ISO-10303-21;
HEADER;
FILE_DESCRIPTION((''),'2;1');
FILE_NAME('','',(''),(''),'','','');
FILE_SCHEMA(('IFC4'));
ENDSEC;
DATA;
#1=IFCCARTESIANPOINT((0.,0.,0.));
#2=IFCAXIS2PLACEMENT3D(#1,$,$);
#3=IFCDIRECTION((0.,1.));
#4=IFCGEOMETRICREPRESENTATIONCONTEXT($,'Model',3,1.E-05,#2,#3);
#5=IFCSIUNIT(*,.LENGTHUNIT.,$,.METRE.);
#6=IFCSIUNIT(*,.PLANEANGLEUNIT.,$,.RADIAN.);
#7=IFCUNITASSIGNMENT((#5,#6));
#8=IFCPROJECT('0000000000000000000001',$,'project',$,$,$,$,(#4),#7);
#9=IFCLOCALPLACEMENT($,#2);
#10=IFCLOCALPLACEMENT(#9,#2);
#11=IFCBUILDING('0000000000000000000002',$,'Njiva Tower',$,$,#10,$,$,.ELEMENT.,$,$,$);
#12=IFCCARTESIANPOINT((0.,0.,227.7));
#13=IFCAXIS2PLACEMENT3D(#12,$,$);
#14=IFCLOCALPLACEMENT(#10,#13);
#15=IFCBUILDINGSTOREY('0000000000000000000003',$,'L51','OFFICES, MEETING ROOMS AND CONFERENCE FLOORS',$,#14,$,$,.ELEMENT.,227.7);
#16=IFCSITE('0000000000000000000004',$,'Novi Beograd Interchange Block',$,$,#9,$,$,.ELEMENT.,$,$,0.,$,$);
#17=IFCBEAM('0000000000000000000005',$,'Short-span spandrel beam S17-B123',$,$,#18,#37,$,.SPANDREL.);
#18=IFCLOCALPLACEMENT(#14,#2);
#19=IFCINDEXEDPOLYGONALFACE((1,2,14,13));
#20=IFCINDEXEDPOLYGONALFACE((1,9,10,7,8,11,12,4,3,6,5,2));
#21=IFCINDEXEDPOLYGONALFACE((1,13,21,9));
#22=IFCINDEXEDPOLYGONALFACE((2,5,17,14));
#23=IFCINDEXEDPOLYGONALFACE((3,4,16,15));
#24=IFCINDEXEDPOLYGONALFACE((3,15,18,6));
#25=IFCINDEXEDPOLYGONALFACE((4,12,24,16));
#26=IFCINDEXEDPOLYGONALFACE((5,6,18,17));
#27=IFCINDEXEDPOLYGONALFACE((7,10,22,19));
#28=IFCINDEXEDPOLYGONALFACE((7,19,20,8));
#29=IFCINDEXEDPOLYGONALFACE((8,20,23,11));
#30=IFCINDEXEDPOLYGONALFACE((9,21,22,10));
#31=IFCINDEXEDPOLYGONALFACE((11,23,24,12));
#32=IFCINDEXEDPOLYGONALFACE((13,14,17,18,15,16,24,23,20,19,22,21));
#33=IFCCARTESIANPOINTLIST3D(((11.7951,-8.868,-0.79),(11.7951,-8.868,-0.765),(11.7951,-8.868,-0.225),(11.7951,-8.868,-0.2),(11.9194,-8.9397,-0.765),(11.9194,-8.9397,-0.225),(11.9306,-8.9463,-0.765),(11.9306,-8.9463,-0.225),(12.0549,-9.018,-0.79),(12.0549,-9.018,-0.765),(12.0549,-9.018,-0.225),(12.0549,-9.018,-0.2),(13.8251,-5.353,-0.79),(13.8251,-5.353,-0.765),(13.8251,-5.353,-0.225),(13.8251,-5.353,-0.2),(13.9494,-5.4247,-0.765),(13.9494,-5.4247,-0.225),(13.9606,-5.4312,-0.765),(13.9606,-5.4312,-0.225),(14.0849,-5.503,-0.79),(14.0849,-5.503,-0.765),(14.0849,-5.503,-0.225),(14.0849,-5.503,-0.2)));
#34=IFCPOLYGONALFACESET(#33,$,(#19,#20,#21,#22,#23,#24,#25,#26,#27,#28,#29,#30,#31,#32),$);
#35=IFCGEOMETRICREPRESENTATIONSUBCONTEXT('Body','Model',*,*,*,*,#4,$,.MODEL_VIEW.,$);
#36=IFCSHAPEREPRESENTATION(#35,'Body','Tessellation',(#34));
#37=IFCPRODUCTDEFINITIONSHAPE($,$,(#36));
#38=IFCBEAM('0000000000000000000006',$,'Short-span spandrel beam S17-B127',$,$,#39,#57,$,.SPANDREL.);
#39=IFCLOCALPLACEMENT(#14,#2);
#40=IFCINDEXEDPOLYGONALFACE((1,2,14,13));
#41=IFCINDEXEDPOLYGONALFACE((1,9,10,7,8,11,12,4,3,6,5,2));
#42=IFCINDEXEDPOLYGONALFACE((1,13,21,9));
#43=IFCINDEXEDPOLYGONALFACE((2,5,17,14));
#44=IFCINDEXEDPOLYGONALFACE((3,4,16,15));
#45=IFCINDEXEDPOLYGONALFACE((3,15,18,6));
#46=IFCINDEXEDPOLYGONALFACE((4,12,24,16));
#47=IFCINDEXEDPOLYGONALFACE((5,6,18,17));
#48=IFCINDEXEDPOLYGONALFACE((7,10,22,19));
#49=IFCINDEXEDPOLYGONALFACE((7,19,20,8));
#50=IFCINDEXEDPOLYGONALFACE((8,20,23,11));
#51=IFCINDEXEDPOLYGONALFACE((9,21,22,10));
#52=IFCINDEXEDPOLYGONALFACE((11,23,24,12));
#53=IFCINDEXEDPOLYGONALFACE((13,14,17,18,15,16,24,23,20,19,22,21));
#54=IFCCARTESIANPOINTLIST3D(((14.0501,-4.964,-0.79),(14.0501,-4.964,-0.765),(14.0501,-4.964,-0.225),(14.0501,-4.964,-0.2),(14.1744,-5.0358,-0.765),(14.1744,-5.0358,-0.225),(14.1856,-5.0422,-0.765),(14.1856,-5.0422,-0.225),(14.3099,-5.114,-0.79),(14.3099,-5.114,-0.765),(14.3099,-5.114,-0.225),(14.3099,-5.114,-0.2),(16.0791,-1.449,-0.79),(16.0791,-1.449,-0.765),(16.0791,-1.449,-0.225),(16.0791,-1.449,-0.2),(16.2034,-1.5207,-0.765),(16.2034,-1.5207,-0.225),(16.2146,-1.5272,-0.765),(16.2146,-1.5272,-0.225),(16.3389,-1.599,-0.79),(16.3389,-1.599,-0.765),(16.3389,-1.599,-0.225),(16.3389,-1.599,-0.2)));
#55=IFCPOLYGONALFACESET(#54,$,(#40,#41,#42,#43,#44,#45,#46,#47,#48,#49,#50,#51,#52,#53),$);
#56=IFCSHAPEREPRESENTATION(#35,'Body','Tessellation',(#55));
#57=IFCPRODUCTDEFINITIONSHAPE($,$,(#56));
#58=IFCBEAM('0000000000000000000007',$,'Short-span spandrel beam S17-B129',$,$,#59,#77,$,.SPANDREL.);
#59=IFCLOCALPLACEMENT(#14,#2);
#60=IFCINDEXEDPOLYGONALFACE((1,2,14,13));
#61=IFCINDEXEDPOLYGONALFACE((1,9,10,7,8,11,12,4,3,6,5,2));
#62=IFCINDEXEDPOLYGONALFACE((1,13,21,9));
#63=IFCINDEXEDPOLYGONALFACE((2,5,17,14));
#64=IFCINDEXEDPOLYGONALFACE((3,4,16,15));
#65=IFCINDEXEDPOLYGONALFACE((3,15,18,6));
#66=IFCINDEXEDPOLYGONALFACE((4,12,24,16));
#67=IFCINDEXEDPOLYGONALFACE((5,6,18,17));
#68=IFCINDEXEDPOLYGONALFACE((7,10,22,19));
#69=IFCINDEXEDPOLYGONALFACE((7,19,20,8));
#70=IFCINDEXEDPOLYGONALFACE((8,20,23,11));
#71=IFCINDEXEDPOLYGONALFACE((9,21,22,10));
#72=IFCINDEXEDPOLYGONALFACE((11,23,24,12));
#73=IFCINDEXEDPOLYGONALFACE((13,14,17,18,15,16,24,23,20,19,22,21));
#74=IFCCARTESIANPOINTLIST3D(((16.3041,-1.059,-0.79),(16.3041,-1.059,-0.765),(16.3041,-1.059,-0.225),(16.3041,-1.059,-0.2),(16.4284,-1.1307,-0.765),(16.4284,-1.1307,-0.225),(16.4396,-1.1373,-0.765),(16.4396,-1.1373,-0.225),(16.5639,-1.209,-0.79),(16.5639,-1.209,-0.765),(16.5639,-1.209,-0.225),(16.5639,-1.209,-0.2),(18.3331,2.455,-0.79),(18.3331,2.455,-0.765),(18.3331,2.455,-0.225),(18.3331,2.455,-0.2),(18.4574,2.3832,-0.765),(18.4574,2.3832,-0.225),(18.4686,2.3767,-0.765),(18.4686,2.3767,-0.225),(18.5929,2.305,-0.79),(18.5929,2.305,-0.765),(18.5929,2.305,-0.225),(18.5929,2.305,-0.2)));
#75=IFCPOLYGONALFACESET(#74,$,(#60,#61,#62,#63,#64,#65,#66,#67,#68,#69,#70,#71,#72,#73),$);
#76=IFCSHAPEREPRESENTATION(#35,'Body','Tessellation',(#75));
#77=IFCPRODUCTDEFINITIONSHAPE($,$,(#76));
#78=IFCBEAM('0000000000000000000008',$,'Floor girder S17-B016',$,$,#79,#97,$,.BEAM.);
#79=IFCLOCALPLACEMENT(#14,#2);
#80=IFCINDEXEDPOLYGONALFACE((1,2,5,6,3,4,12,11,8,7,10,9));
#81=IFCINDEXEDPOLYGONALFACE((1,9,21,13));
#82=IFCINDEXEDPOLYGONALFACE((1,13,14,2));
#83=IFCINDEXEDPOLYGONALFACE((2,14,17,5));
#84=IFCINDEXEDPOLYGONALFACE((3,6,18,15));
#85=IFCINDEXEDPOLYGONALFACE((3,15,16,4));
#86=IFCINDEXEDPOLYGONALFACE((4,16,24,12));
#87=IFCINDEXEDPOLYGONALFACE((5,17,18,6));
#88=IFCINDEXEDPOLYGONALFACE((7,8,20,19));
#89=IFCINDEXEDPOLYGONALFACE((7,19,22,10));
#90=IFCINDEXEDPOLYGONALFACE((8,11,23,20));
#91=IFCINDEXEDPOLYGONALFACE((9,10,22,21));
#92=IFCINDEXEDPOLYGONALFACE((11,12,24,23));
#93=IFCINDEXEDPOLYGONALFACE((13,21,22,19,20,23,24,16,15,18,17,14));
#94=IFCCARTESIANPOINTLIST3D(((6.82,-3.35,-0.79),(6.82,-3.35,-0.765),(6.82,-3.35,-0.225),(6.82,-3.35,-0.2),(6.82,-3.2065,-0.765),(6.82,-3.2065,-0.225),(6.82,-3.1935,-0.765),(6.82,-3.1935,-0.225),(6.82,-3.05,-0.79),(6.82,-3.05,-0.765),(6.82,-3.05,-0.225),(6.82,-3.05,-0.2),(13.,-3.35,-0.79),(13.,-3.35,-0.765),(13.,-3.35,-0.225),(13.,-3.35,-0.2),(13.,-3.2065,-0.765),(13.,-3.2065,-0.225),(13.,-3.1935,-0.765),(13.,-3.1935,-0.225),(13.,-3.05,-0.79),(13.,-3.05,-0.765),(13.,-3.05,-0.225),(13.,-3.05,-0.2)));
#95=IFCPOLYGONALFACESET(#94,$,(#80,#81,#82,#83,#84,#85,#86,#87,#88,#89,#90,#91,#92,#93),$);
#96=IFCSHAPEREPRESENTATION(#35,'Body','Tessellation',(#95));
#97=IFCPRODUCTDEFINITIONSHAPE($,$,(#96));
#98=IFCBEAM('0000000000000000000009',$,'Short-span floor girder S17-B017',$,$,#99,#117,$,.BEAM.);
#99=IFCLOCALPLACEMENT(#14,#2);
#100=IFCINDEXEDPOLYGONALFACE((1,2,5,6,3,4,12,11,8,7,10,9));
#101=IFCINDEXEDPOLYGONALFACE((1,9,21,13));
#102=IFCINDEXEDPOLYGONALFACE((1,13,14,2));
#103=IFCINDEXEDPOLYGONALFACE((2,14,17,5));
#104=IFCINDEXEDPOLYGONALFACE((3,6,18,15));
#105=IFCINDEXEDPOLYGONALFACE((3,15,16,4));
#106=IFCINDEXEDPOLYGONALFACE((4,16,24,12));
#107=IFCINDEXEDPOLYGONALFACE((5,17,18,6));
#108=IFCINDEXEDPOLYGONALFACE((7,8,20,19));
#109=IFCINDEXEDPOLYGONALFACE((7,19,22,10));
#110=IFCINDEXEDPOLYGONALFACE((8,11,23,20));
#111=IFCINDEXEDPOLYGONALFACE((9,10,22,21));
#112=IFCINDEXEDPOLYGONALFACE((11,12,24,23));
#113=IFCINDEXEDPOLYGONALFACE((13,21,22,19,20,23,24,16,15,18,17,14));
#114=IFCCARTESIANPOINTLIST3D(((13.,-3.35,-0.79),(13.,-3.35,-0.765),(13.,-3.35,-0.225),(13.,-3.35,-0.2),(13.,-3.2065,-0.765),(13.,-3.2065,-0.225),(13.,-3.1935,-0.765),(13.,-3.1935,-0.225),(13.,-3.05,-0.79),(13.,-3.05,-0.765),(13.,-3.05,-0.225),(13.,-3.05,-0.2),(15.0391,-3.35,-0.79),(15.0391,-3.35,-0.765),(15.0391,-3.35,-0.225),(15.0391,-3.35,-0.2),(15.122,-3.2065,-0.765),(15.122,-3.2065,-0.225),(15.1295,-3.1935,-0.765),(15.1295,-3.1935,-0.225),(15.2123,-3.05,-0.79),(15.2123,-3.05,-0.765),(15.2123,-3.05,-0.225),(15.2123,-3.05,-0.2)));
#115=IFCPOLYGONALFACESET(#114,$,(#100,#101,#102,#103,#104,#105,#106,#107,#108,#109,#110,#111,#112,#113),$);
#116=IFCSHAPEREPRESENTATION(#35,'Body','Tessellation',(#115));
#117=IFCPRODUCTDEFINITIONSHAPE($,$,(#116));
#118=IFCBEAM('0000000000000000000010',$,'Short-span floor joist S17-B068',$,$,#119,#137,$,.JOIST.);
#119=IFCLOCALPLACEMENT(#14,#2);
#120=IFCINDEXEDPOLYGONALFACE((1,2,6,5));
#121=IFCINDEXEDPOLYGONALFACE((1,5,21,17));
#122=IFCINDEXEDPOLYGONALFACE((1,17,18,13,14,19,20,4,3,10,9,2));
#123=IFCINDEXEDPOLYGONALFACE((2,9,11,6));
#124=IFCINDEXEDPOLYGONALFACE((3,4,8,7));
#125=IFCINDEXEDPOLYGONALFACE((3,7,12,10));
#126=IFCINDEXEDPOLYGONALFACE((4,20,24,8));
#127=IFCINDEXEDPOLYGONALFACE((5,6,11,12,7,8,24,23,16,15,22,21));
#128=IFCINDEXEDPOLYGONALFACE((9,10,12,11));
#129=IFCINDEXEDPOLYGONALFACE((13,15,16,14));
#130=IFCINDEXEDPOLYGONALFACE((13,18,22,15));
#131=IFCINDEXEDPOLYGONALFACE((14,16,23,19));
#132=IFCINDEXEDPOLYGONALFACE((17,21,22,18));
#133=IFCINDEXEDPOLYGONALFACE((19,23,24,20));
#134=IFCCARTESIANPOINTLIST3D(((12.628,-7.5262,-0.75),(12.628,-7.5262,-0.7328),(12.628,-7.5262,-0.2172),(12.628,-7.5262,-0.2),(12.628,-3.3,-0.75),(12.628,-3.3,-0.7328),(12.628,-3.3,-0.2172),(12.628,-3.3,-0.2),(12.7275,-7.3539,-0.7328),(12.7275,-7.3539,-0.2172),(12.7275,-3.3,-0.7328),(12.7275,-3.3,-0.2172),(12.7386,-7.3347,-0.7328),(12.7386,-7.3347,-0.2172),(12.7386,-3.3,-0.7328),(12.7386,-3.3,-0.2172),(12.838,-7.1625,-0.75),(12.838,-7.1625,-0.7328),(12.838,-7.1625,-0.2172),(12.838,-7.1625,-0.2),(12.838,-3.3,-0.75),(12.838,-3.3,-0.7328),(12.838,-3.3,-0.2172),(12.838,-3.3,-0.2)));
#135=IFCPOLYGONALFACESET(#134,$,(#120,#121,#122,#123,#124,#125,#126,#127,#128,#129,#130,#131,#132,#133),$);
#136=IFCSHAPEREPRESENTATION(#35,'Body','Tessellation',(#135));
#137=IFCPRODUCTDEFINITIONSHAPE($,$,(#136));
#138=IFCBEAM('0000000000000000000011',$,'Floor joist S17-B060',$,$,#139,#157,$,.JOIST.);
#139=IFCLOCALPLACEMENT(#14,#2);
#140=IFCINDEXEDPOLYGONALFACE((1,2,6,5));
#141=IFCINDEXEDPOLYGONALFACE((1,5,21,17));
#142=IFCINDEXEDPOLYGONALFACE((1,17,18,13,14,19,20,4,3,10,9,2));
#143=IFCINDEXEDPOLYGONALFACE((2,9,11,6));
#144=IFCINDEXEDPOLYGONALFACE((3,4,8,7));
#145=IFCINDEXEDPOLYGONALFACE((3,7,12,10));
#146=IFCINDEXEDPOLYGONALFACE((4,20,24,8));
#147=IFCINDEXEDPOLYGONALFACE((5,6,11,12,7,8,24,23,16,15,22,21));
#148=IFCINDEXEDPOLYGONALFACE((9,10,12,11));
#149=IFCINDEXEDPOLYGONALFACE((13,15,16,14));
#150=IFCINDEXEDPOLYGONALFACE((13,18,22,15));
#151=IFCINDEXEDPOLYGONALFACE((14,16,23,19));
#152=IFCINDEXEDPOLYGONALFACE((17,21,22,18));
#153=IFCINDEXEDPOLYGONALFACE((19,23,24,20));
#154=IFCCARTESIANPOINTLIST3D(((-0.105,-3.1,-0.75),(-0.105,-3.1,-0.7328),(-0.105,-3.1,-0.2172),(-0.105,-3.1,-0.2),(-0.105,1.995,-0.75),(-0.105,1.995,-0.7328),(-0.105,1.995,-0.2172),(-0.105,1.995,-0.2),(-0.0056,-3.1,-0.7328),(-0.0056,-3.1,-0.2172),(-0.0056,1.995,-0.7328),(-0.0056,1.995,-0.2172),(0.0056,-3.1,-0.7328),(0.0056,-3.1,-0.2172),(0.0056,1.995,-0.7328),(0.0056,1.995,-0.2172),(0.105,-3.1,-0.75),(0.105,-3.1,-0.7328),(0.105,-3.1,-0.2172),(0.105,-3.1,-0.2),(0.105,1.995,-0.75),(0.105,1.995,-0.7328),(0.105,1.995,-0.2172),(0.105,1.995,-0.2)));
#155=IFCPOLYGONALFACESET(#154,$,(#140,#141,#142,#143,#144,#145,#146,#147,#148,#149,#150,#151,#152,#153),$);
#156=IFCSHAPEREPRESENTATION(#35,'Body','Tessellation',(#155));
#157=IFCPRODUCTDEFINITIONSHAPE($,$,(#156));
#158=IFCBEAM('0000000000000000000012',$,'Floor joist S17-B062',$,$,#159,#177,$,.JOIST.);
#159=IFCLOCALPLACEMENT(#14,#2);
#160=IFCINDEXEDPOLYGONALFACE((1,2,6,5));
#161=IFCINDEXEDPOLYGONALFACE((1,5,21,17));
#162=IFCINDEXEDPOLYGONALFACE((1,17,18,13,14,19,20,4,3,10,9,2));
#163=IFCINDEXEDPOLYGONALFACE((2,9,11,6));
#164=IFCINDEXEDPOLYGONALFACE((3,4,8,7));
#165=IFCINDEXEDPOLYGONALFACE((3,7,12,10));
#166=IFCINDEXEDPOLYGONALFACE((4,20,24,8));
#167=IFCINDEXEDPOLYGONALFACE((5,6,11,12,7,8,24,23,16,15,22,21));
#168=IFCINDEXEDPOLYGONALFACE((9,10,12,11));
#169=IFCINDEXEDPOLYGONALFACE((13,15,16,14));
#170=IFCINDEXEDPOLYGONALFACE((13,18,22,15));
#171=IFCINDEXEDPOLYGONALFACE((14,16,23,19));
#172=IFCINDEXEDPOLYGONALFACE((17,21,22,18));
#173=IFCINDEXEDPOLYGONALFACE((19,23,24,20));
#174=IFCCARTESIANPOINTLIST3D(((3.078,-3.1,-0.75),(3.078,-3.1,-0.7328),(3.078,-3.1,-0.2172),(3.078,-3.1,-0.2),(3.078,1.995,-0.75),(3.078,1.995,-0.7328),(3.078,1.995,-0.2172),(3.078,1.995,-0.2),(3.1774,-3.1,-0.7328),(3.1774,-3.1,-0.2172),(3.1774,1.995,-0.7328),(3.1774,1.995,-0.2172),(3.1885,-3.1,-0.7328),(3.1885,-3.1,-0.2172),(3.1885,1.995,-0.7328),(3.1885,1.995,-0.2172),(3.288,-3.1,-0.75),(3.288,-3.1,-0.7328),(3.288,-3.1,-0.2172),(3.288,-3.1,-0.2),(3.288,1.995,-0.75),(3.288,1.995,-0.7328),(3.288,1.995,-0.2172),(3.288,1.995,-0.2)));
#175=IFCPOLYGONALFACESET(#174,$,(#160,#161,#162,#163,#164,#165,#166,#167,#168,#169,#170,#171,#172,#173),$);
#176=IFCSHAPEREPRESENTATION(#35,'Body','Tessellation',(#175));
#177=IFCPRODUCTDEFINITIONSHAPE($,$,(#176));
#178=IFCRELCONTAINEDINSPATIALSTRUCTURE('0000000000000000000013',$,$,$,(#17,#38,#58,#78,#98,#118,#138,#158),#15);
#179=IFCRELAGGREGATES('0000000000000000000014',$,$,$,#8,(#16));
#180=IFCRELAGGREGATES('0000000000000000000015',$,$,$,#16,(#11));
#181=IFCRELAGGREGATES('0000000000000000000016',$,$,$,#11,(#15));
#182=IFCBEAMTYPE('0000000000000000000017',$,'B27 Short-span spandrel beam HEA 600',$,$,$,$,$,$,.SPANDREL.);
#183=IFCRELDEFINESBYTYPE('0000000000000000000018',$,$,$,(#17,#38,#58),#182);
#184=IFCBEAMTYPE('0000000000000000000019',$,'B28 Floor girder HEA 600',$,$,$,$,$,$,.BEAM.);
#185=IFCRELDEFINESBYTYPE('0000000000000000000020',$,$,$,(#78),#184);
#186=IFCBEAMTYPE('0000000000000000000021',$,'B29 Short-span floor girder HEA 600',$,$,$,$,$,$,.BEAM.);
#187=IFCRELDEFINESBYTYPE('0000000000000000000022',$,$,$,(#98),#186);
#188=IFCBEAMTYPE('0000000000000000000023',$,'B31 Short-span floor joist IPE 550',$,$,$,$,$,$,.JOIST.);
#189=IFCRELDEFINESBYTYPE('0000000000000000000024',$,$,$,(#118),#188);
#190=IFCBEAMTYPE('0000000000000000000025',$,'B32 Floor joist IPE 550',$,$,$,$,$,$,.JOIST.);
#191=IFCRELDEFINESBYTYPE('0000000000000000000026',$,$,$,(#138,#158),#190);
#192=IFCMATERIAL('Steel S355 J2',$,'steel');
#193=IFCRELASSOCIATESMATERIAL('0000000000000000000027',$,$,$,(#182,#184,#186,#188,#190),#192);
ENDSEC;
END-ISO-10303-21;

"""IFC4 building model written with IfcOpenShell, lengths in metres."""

from ifc_helpers import new_model, si_unit, direction, frame, origin, origin_2d, place, context, subcontext, project, spatial, i_section, extrude, clip, halfspace, material, material_profile, profile_set, type_object, element, save


model = new_model("IFC4")

# Units and contexts
model_context = context("Model", 3, precision=1e-05, world=origin(), true_north=direction((0.0, 1.0)))
body_context = subcontext(model_context, "Body", "Model", "MODEL_VIEW")
ifc_project = project(units=[si_unit("LENGTHUNIT", "METRE"), si_unit("PLANEANGLEUNIT", "RADIAN")], contexts=[model_context])

# Site, building, storey
site_placement = place(None, origin())
site = spatial("IfcSite", under=ifc_project, at=site_placement, Name="Novi Beograd Interchange Block", CompositionType="ELEMENT", RefElevation=0.0)
building_placement = place(site_placement, origin())
building = spatial("IfcBuilding", under=site, at=building_placement, Name="Njiva Tower", CompositionType="ELEMENT")
storey_placement = place(building_placement, frame((0.0, 0.0, 227.7)))
storey = spatial("IfcBuildingStorey", under=building, at=storey_placement, Name="L51", Description="OFFICES, MEETING ROOMS AND CONFERENCE FLOORS", CompositionType="ELEMENT", Elevation=227.7)

# Shared definitions
ifc_material_1 = material(Name="Steel S355 J2", Category="steel")

# Beams
ifc_material_profile_1 = material_profile(ifc_material_1, i_section(OverallWidth=0.3, OverallDepth=0.59, WebThickness=0.013, FlangeThickness=0.025, at=origin_2d()), Name="HEA 600")
ifc_profile_set_1 = profile_set([ifc_material_profile_1], Name="Steel S355 J2")
beam_type_1 = type_object("IfcBeamType", Name="B27 Short-span spandrel beam HEA 600", PredefinedType="SPANDREL", material=ifc_profile_set_1)
beam_1_placement = place(storey_placement, frame((11.925, -8.943, -0.495), z_axis=(0.500113, 0.86596, 0.0), x_axis=(-0.86596, 0.500113, 0.0)))
element("IfcBeam", 1, at=beam_1_placement, inside=storey, type_object=beam_type_1, Name="Short-span spandrel beam S17-B123", PredefinedType="SPANDREL", context=body_context, shape_type="SweptSolid", body=[
    extrude(i_section(OverallWidth=0.3, OverallDepth=0.59, WebThickness=0.013, FlangeThickness=0.025, at=origin_2d()), origin(), (0.0, 0.0, 1.0), 4.0591),
])
beam_2_placement = place(storey_placement, frame((14.18, -5.039, -0.495), z_axis=(0.499929, 0.866067, 0.0), x_axis=(-0.866067, 0.499929, 0.0)))
element("IfcBeam", 2, at=beam_2_placement, inside=storey, type_object=beam_type_1, Name="Short-span spandrel beam S17-B127", PredefinedType="SPANDREL", context=body_context, shape_type="SweptSolid", body=[
    extrude(i_section(OverallWidth=0.3, OverallDepth=0.59, WebThickness=0.013, FlangeThickness=0.025, at=origin_2d()), origin(), (0.0, 0.0, 1.0), 4.0586),
])
beam_3_placement = place(storey_placement, frame((16.434, -1.134, -0.495), z_axis=(0.500035, 0.866005, 0.0), x_axis=(-0.866005, 0.500035, 0.0)))
element("IfcBeam", 3, at=beam_3_placement, inside=storey, type_object=beam_type_1, Name="Short-span spandrel beam S17-B129", PredefinedType="SPANDREL", context=body_context, shape_type="SweptSolid", body=[
    extrude(i_section(OverallWidth=0.3, OverallDepth=0.59, WebThickness=0.013, FlangeThickness=0.025, at=origin_2d()), origin(), (0.0, 0.0, 1.0), 4.0577),
])
ifc_material_profile_2 = material_profile(ifc_material_1, i_section(OverallWidth=0.3, OverallDepth=0.59, WebThickness=0.013, FlangeThickness=0.025, at=origin_2d()), Name="HEA 600")
ifc_profile_set_2 = profile_set([ifc_material_profile_2], Name="Steel S355 J2")
beam_type_2 = type_object("IfcBeamType", Name="B28 Floor girder HEA 600", PredefinedType="BEAM", material=ifc_profile_set_2)
beam_4_placement = place(storey_placement, frame((6.82, -3.2, -0.495), z_axis=(1.0, 0.0, 0.0), x_axis=(0.0, 1.0, 0.0)))
element("IfcBeam", 4, at=beam_4_placement, inside=storey, type_object=beam_type_2, Name="Floor girder S17-B016", PredefinedType="BEAM", context=body_context, shape_type="SweptSolid", body=[
    extrude(i_section(OverallWidth=0.3, OverallDepth=0.59, WebThickness=0.013, FlangeThickness=0.025, at=origin_2d()), origin(), (0.0, 0.0, 1.0), 6.18),
])
ifc_material_profile_3 = material_profile(ifc_material_1, i_section(OverallWidth=0.3, OverallDepth=0.59, WebThickness=0.013, FlangeThickness=0.025, at=origin_2d()), Name="HEA 600")
ifc_profile_set_3 = profile_set([ifc_material_profile_3], Name="Steel S355 J2")
beam_type_3 = type_object("IfcBeamType", Name="B29 Short-span floor girder HEA 600", PredefinedType="BEAM", material=ifc_profile_set_3)
beam_5_placement = place(storey_placement, frame((13.0, -3.2, -0.495), z_axis=(1.0, 0.0, 0.0), x_axis=(0.0, 1.0, 0.0)))
element("IfcBeam", 5, at=beam_5_placement, inside=storey, type_object=beam_type_3, Name="Short-span floor girder S17-B017", PredefinedType="BEAM", context=body_context, shape_type="Clipping", body=[
    clip(extrude(i_section(OverallWidth=0.3, OverallDepth=0.59, WebThickness=0.013, FlangeThickness=0.025, at=origin_2d()), origin(), (0.0, 0.0, 1.0), 2.233), halfspace(frame((-0.025, 0.0, 2.1113), z_axis=(-0.499998, 0.0, 0.866027), x_axis=(0.0, 1.0, 0.0)), False)),
])
ifc_material_profile_4 = material_profile(ifc_material_1, i_section(OverallWidth=0.21, OverallDepth=0.55, WebThickness=0.0111, FlangeThickness=0.0172, at=origin_2d()), Name="IPE 550")
ifc_profile_set_4 = profile_set([ifc_material_profile_4], Name="Steel S355 J2")
beam_type_4 = type_object("IfcBeamType", Name="B31 Short-span floor joist IPE 550", PredefinedType="JOIST", material=ifc_profile_set_4)
beam_6_placement = place(storey_placement, frame((12.733, -3.3, -0.475), z_axis=(0.0, -1.0, 0.0), x_axis=(1.0, 0.0, 0.0)))
element("IfcBeam", 6, at=beam_6_placement, inside=storey, type_object=beam_type_4, Name="Short-span floor joist S17-B068", PredefinedType="JOIST", context=body_context, shape_type="Clipping", body=[
    clip(extrude(i_section(OverallWidth=0.21, OverallDepth=0.55, WebThickness=0.0111, FlangeThickness=0.0172, at=origin_2d()), origin(), (0.0, 0.0, 1.0), 4.246), halfspace(frame((0.0436, 0.0, 3.9688), z_axis=(0.866027, 0.0, 0.499998), x_axis=(0.0, 1.0, 0.0)), False)),
])
ifc_material_profile_5 = material_profile(ifc_material_1, i_section(OverallWidth=0.21, OverallDepth=0.55, WebThickness=0.0111, FlangeThickness=0.0172, at=origin_2d()), Name="IPE 550")
ifc_profile_set_5 = profile_set([ifc_material_profile_5], Name="Steel S355 J2")
beam_type_5 = type_object("IfcBeamType", Name="B32 Floor joist IPE 550", PredefinedType="JOIST", material=ifc_profile_set_5)
for number, where, z_axis, x_axis, name in (
    (7, (0.0, 1.995, -0.475), (0.0, -1.0, 0.0), (1.0, 0.0, 0.0), "Floor joist S17-B060"),
    (8, (3.183, 1.995, -0.475), (0.0, -1.0, 0.0), (1.0, 0.0, 0.0), "Floor joist S17-B062"),
):
    element("IfcBeam", number, at=place(storey_placement, frame(where, z_axis=z_axis, x_axis=x_axis)), inside=storey, type_object=beam_type_5, Name=name, PredefinedType="JOIST", context=body_context, shape_type="SweptSolid", body=[
        extrude(i_section(OverallWidth=0.21, OverallDepth=0.55, WebThickness=0.0111, FlangeThickness=0.0172, at=origin_2d()), origin(), (0.0, 0.0, 1.0), 5.095),
    ])

save(model, "model.ifc")
